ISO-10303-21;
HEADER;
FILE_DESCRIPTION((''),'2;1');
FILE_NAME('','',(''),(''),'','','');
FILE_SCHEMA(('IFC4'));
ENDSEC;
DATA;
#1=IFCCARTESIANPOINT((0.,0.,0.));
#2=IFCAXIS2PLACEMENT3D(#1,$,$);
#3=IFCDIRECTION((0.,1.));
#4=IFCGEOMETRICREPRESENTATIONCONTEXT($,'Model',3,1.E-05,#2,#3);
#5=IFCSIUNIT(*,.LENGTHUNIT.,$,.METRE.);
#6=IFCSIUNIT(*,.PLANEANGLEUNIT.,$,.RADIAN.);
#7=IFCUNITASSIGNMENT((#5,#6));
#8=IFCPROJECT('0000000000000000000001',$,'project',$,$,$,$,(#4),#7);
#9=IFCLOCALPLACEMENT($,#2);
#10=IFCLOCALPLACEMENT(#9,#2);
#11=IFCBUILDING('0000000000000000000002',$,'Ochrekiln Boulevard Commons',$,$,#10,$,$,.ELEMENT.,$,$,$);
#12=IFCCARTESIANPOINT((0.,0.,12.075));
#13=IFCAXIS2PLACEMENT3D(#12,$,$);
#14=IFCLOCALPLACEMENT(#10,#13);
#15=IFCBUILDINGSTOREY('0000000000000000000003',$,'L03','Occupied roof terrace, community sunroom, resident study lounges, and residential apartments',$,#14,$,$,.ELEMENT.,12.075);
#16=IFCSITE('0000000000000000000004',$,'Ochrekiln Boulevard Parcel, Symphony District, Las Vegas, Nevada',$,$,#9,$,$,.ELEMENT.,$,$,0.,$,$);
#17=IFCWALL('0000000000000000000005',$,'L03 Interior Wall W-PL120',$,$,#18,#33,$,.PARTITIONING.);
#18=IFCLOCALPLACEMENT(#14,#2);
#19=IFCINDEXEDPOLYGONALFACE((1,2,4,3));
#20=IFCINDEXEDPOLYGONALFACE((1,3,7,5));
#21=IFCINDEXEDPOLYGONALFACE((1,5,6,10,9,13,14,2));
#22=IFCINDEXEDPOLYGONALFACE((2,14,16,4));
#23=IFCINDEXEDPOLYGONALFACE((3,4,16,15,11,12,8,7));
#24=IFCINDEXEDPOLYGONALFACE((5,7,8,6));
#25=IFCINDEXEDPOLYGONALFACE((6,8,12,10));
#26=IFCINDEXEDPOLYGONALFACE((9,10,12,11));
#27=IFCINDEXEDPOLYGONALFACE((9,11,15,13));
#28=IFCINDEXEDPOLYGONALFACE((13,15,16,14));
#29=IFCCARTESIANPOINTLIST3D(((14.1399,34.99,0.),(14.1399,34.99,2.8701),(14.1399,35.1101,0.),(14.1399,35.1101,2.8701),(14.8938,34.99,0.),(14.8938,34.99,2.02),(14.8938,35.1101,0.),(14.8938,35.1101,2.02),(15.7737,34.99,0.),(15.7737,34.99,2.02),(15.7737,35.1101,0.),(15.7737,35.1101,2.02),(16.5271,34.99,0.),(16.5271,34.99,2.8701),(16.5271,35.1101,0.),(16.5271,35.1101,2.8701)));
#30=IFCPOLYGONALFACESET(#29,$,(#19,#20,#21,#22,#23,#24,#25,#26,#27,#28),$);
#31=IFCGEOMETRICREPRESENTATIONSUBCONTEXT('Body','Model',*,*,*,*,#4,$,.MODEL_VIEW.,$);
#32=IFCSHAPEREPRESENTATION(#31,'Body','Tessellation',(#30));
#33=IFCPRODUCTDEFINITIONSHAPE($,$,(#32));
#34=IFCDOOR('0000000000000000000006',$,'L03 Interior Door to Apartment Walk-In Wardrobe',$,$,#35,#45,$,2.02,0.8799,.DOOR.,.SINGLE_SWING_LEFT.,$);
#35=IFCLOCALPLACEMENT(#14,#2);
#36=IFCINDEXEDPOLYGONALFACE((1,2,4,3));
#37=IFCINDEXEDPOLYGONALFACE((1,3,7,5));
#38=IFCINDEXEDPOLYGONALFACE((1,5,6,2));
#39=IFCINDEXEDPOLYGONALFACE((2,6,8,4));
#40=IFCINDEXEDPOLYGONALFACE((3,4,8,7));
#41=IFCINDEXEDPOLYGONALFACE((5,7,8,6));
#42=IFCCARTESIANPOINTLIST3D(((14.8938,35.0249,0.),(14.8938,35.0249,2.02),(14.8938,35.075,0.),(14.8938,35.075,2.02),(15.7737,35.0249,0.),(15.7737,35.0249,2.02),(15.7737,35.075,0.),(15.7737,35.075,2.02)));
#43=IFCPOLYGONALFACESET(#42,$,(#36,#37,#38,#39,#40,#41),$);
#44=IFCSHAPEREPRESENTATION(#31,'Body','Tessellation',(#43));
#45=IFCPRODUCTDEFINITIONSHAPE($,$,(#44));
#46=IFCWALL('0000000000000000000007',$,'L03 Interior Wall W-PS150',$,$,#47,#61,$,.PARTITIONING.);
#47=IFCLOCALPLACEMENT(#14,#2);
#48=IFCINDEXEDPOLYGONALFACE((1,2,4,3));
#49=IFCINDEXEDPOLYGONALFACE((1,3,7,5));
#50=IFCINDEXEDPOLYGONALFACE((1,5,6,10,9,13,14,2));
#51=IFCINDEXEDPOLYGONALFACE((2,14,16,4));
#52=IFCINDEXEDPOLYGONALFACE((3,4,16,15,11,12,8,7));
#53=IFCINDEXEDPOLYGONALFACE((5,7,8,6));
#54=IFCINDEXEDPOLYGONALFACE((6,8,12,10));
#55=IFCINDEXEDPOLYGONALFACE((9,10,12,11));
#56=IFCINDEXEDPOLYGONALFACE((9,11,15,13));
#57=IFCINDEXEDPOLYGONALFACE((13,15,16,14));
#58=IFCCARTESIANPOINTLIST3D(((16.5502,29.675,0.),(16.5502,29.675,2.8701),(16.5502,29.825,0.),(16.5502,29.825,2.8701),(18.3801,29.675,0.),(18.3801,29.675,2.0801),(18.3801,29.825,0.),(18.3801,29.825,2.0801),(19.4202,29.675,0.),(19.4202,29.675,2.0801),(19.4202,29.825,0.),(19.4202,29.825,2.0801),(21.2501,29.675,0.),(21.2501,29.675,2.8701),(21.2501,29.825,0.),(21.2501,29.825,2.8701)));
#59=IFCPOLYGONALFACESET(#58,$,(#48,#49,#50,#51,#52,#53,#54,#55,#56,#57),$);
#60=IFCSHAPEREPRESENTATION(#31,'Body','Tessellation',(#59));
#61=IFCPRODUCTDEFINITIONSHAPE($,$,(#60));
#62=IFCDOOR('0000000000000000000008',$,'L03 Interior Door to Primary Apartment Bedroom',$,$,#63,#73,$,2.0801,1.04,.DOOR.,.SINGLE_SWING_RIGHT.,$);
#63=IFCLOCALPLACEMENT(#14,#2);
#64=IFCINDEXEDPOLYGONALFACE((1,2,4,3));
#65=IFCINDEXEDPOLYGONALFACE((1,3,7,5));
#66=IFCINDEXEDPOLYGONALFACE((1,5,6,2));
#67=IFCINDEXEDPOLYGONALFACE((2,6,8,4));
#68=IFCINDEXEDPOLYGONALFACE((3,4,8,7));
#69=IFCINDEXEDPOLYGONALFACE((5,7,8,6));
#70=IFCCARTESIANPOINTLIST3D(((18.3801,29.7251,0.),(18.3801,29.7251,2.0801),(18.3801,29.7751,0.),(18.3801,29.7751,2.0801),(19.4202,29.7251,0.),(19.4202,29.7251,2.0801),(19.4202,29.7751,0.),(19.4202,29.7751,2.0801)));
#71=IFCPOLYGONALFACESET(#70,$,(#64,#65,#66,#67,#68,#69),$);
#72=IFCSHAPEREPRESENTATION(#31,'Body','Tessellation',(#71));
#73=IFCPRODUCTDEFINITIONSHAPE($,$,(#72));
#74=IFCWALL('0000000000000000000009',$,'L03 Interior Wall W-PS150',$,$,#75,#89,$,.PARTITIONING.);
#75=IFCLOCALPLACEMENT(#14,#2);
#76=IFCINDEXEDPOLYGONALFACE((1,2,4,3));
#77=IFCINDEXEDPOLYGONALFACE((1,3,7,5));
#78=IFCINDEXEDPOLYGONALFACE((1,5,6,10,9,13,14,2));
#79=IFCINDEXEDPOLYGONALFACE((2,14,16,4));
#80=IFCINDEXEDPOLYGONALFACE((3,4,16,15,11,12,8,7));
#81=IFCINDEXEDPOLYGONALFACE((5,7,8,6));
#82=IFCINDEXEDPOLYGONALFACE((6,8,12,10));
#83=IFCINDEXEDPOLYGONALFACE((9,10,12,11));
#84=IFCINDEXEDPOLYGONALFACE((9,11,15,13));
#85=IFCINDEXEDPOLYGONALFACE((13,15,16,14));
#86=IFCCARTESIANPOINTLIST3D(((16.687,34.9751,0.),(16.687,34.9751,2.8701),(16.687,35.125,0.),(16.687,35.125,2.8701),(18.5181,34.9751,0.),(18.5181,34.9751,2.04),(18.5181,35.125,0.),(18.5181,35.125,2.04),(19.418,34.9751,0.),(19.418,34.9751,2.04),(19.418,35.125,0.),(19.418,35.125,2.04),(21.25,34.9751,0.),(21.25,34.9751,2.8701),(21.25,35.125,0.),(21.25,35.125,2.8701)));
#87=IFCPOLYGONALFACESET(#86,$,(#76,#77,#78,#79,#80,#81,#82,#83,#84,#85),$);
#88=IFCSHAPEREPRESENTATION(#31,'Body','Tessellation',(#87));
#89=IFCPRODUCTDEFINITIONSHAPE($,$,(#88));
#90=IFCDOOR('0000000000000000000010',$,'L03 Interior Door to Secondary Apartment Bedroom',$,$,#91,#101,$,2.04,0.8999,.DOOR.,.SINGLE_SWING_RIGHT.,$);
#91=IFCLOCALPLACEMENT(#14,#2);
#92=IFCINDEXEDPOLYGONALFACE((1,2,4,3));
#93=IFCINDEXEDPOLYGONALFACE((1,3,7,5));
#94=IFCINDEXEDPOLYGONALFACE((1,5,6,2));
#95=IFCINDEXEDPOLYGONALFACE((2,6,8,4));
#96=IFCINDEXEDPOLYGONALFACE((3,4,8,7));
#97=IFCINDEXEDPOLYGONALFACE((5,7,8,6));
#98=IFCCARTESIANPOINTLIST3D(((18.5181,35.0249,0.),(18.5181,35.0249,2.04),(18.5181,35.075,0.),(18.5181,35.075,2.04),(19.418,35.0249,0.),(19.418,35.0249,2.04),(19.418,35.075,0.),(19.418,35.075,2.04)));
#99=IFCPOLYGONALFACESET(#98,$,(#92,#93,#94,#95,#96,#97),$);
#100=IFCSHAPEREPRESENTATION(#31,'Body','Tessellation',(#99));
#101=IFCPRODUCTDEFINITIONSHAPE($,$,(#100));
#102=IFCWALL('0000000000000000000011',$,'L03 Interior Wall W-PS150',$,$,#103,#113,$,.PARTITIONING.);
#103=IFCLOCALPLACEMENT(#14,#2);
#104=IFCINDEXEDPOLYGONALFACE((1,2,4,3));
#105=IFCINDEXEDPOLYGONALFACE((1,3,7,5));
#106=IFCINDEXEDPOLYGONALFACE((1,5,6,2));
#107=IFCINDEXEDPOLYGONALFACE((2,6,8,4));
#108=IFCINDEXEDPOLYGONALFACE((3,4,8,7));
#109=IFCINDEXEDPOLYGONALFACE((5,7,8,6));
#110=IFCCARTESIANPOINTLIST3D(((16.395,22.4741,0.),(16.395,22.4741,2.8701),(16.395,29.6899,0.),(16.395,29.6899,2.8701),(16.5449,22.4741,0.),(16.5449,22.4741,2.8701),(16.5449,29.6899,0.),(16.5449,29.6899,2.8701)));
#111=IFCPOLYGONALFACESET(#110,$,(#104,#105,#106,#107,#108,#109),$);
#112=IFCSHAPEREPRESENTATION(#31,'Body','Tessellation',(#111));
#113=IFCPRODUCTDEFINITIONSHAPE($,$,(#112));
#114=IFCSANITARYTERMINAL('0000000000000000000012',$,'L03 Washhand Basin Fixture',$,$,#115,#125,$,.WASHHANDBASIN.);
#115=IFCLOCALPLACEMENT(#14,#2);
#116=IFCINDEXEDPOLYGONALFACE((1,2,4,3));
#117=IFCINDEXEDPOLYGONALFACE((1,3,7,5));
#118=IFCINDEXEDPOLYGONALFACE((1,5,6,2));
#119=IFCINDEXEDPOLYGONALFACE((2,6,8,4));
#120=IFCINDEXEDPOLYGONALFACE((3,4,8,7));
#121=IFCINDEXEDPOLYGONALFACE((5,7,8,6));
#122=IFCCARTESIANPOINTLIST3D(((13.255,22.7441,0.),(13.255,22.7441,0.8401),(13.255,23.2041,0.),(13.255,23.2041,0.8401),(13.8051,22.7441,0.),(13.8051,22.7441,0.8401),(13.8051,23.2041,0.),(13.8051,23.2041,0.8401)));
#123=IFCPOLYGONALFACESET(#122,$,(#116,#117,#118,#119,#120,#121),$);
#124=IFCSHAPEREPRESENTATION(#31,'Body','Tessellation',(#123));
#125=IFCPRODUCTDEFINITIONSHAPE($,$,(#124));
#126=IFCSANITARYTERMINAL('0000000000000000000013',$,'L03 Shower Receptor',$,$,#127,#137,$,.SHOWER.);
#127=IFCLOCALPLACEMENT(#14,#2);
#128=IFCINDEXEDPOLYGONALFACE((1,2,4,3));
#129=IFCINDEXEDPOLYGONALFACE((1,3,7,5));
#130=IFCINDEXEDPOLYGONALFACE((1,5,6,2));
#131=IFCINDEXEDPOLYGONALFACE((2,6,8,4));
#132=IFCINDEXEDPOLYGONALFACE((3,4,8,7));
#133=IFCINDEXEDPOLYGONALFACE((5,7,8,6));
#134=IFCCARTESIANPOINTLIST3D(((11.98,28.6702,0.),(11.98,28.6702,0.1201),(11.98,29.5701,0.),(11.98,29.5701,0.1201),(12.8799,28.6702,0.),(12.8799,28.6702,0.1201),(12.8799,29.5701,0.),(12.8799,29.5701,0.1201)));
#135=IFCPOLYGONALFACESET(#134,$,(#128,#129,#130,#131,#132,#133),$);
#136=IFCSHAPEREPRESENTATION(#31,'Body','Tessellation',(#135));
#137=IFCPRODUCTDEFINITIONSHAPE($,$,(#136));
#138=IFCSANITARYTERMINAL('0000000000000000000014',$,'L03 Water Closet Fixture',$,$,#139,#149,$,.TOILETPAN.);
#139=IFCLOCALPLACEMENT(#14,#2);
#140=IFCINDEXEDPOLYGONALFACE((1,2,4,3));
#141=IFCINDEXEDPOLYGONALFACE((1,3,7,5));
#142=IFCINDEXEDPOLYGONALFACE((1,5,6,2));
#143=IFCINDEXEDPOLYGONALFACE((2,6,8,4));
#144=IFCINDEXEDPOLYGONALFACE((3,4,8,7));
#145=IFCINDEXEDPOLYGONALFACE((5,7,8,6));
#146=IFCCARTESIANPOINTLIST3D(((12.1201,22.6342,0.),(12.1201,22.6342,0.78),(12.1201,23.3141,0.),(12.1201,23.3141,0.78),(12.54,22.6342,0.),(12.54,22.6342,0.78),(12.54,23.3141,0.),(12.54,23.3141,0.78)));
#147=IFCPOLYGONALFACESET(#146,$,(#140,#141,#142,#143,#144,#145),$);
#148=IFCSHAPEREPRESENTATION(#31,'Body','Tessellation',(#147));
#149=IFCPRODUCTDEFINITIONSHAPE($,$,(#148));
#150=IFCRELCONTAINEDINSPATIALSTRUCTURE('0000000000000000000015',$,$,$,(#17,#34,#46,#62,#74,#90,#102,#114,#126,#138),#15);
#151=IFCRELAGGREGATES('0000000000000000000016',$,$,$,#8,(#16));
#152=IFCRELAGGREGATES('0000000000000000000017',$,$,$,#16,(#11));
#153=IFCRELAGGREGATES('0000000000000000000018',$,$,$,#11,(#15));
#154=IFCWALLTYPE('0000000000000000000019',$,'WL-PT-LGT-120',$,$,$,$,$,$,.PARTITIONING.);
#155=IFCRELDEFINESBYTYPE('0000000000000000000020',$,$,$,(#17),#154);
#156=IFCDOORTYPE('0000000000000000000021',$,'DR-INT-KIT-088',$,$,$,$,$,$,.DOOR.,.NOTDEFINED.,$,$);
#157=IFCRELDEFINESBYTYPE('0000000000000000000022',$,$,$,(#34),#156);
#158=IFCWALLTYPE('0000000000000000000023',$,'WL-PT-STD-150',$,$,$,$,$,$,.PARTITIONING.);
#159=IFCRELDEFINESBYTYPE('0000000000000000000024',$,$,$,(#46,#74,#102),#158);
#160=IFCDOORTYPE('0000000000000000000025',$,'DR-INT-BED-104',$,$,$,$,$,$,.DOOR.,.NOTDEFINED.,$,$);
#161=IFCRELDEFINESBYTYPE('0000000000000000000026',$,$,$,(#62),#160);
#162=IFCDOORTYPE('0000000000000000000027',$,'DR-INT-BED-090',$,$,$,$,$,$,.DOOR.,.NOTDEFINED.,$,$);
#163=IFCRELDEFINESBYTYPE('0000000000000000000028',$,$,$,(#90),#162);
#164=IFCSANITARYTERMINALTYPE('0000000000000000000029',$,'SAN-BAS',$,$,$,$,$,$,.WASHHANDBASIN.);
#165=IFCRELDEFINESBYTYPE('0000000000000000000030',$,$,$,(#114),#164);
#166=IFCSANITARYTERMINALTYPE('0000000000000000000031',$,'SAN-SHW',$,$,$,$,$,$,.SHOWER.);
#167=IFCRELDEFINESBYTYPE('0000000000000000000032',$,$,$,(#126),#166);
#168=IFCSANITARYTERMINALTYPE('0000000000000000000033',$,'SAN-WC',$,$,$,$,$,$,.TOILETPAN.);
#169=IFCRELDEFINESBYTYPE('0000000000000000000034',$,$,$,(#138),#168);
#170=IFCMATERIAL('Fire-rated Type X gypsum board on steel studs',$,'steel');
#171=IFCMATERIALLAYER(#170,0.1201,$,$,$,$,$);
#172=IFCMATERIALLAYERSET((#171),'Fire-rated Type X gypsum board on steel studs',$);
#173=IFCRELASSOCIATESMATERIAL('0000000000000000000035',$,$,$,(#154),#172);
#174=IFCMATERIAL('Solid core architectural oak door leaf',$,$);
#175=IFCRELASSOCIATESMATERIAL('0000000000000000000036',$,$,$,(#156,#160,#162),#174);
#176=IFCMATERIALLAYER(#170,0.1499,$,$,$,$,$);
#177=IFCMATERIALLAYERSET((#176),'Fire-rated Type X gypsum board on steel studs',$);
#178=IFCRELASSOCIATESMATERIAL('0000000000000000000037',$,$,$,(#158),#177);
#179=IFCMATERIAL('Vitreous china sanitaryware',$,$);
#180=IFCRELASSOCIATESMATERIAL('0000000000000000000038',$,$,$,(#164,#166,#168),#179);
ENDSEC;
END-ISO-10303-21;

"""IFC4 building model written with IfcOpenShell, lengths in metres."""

from ifc_helpers import new_model, si_unit, direction, frame, frame_2d, origin, origin_2d, place, context, subcontext, project, spatial, rectangle, extrude, material, layer, layer_set, type_object, element, fill, save


model = new_model("IFC4")

# Units and contexts
model_context = context("Model", 3, precision=1e-05, world=origin(), true_north=direction((0.0, 1.0)))
body_context = subcontext(model_context, "Body", "Model", "MODEL_VIEW")
ifc_project = project(units=[si_unit("LENGTHUNIT", "METRE"), si_unit("PLANEANGLEUNIT", "RADIAN")], contexts=[model_context])

# Site, building, storey
site_placement = place(None, origin())
site = spatial("IfcSite", under=ifc_project, at=site_placement, Name="Ochrekiln Boulevard Parcel, Symphony District, Las Vegas, Nevada", CompositionType="ELEMENT", RefElevation=0.0)
building_placement = place(site_placement, origin())
building = spatial("IfcBuilding", under=site, at=building_placement, Name="Ochrekiln Boulevard Commons", CompositionType="ELEMENT")
storey_placement = place(building_placement, frame((0.0, 0.0, 12.075)))
storey = spatial("IfcBuildingStorey", under=building, at=storey_placement, Name="L03", Description="Occupied roof terrace, community sunroom, resident study lounges, and residential apartments", CompositionType="ELEMENT", Elevation=12.075)

# Shared definitions
ifc_material_1 = material(Name="Solid core architectural oak door leaf")

# Walls, openings, doors
ifc_material_2 = material(Name="Fire-rated Type X gypsum board on steel studs", Category="steel")
ifc_layer_1 = layer(ifc_material_2, 0.1201)
ifc_layer_set_1 = layer_set([ifc_layer_1], Name="Fire-rated Type X gypsum board on steel studs")
wall_type_1 = type_object("IfcWallType", Name="WL-PT-LGT-120", PredefinedType="PARTITIONING", material=ifc_layer_set_1)
door_type_1 = type_object("IfcDoorType", Name="DR-INT-KIT-088", OperationType="NOTDEFINED", PredefinedType="DOOR", material=ifc_material_1)
wall_1_placement = place(storey_placement, frame((14.1399, 35.05, 0.0), z_axis=(0.0, 0.0, 1.0), x_axis=(1.0, 0.0, 0.0)))
wall_1 = element("IfcWall", 1, at=wall_1_placement, inside=storey, type_object=wall_type_1, Name="L03 Interior Wall W-PL120", PredefinedType="PARTITIONING", context=body_context, shape_type="SweptSolid", body=[
    extrude(rectangle(XDim=2.3872, YDim=0.1201, at=frame_2d((1.1936, 0.0))), origin(), (0.0, 0.0, 1.0), 2.8701),
])
opening_1_placement = place(wall_1_placement, frame((0.7539, 0.0, 0.0)))
opening_1 = element("IfcOpeningElement", 2, at=opening_1_placement, cuts=wall_1, PredefinedType="OPENING", context=body_context, shape_type="SweptSolid", body=[
    extrude(rectangle(XDim=0.8799, YDim=2.02, at=frame_2d((0.4399, 1.01))), frame((0.0, 0.0701, 0.0), z_axis=(0.0, -1.0, 0.0), x_axis=(1.0, 0.0, 0.0)), (0.0, 0.0, 1.0), 0.1401),
])
door_1_placement = place(opening_1_placement, origin())
door_1 = element("IfcDoor", 3, at=door_1_placement, inside=storey, type_object=door_type_1, Name="L03 Interior Door to Apartment Walk-In Wardrobe", OperationType="SINGLE_SWING_LEFT", OverallHeight=2.02, OverallWidth=0.8799, PredefinedType="DOOR", context=body_context, shape_type="SweptSolid", body=[
    extrude(rectangle(XDim=0.8799, YDim=2.02, at=frame_2d((0.4399, 1.01))), frame((0.0, 0.0249, 0.0), z_axis=(0.0, -1.0, 0.0), x_axis=(1.0, 0.0, 0.0)), (0.0, 0.0, 1.0), 0.05),
])
fill(opening_1, door_1)
ifc_layer_2 = layer(ifc_material_2, 0.1499)
ifc_layer_set_2 = layer_set([ifc_layer_2], Name="Fire-rated Type X gypsum board on steel studs")
wall_type_2 = type_object("IfcWallType", Name="WL-PT-STD-150", PredefinedType="PARTITIONING", material=ifc_layer_set_2)
wall_2_placement = place(storey_placement, frame((16.55, 29.75, 0.0), z_axis=(0.0, 0.0, 1.0), x_axis=(1.0, 0.0, 0.0)))
wall_2 = element("IfcWall", 4, at=wall_2_placement, inside=storey, type_object=wall_type_2, Name="L03 Interior Wall W-PS150", PredefinedType="PARTITIONING", context=body_context, shape_type="SweptSolid", body=[
    extrude(rectangle(XDim=4.7, YDim=0.1499, at=frame_2d((2.3501, 0.0))), origin(), (0.0, 0.0, 1.0), 2.8701),
])
opening_2_placement = place(wall_2_placement, frame((1.8301, 0.0, 0.0)))
opening_2 = element("IfcOpeningElement", 5, at=opening_2_placement, cuts=wall_2, PredefinedType="OPENING", context=body_context, shape_type="SweptSolid", body=[
    extrude(rectangle(XDim=1.04, YDim=2.0801, at=frame_2d((0.52, 1.04))), frame((0.0, 0.085, 0.0), z_axis=(0.0, -1.0, 0.0), x_axis=(1.0, 0.0, 0.0)), (0.0, 0.0, 1.0), 0.1699),
])
door_type_2 = type_object("IfcDoorType", Name="DR-INT-BED-104", OperationType="NOTDEFINED", PredefinedType="DOOR", material=ifc_material_1)
door_2_placement = place(opening_2_placement, frame((1.04, 0.0, 0.0), z_axis=(0.0, 0.0, 1.0), x_axis=(-1.0, 0.0, 0.0)))
door_2 = element("IfcDoor", 6, at=door_2_placement, inside=storey, type_object=door_type_2, Name="L03 Interior Door to Primary Apartment Bedroom", OperationType="SINGLE_SWING_RIGHT", OverallHeight=2.0801, OverallWidth=1.04, PredefinedType="DOOR", context=body_context, shape_type="SweptSolid", body=[
    extrude(rectangle(XDim=1.04, YDim=2.0801, at=frame_2d((0.52, 1.04))), frame((0.0, 0.0249, 0.0), z_axis=(0.0, -1.0, 0.0), x_axis=(1.0, 0.0, 0.0)), (0.0, 0.0, 1.0), 0.05),
])
fill(opening_2, door_2)
wall_3_placement = place(storey_placement, frame((16.687, 35.05, 0.0), z_axis=(0.0, 0.0, 1.0), x_axis=(1.0, 0.0, 0.0)))
wall_3 = element("IfcWall", 7, at=wall_3_placement, inside=storey, type_object=wall_type_2, Name="L03 Interior Wall W-PS150", PredefinedType="PARTITIONING", context=body_context, shape_type="SweptSolid", body=[
    extrude(rectangle(XDim=4.563, YDim=0.1499, at=frame_2d((2.2815, 0.0))), origin(), (0.0, 0.0, 1.0), 2.8701),
])
opening_3_placement = place(wall_3_placement, frame((1.8311, 0.0, 0.0)))
opening_3 = element("IfcOpeningElement", 8, at=opening_3_placement, cuts=wall_3, PredefinedType="OPENING", context=body_context, shape_type="SweptSolid", body=[
    extrude(rectangle(XDim=0.8999, YDim=2.04, at=frame_2d((0.45, 1.02))), frame((0.0, 0.085, 0.0), z_axis=(0.0, -1.0, 0.0), x_axis=(1.0, 0.0, 0.0)), (0.0, 0.0, 1.0), 0.1699),
])
door_type_3 = type_object("IfcDoorType", Name="DR-INT-BED-090", OperationType="NOTDEFINED", PredefinedType="DOOR", material=ifc_material_1)
door_3_placement = place(opening_3_placement, origin())
door_3 = element("IfcDoor", 9, at=door_3_placement, inside=storey, type_object=door_type_3, Name="L03 Interior Door to Secondary Apartment Bedroom", OperationType="SINGLE_SWING_RIGHT", OverallHeight=2.04, OverallWidth=0.8999, PredefinedType="DOOR", context=body_context, shape_type="SweptSolid", body=[
    extrude(rectangle(XDim=0.8999, YDim=2.04, at=frame_2d((0.45, 1.02))), frame((0.0, 0.0249, 0.0), z_axis=(0.0, -1.0, 0.0), x_axis=(1.0, 0.0, 0.0)), (0.0, 0.0, 1.0), 0.05),
])
fill(opening_3, door_3)

# Wall
wall_4_placement = place(storey_placement, frame((16.47, 22.4741, 0.0), z_axis=(0.0, 0.0, 1.0), x_axis=(0.0, 1.0, 0.0)))
element("IfcWall", 10, at=wall_4_placement, inside=storey, type_object=wall_type_2, Name="L03 Interior Wall W-PS150", PredefinedType="PARTITIONING", context=body_context, shape_type="SweptSolid", body=[
    extrude(rectangle(XDim=7.2158, YDim=0.1499, at=frame_2d((3.6079, 0.0))), origin(), (0.0, 0.0, 1.0), 2.8701),
])

# Sanitary terminals
ifc_material_3 = material(Name="Vitreous china sanitaryware")
sanitary_terminal_type_1 = type_object("IfcSanitaryTerminalType", Name="SAN-BAS", PredefinedType="WASHHANDBASIN", material=ifc_material_3)
sanitary_terminal_1_placement = place(storey_placement, frame((13.53, 22.9741, 0.0), z_axis=(0.0, 0.0, 1.0), x_axis=(1.0, 0.0, 0.0)))
element("IfcSanitaryTerminal", 11, at=sanitary_terminal_1_placement, inside=storey, type_object=sanitary_terminal_type_1, Name="L03 Washhand Basin Fixture", PredefinedType="WASHHANDBASIN", context=body_context, shape_type="SweptSolid", body=[
    extrude(rectangle(XDim=0.55, YDim=0.46, at=origin_2d()), origin(), (0.0, 0.0, 1.0), 0.8401),
])
sanitary_terminal_type_2 = type_object("IfcSanitaryTerminalType", Name="SAN-SHW", PredefinedType="SHOWER", material=ifc_material_3)
sanitary_terminal_2_placement = place(storey_placement, frame((12.4299, 29.1201, 0.0), z_axis=(0.0, 0.0, 1.0), x_axis=(1.0, 0.0, 0.0)))
element("IfcSanitaryTerminal", 12, at=sanitary_terminal_2_placement, inside=storey, type_object=sanitary_terminal_type_2, Name="L03 Shower Receptor", PredefinedType="SHOWER", context=body_context, shape_type="SweptSolid", body=[
    extrude(rectangle(XDim=0.8999, YDim=0.8999, at=origin_2d()), origin(), (0.0, 0.0, 1.0), 0.1201),
])
sanitary_terminal_type_3 = type_object("IfcSanitaryTerminalType", Name="SAN-WC", PredefinedType="TOILETPAN", material=ifc_material_3)
sanitary_terminal_3_placement = place(storey_placement, frame((12.3301, 22.9741, 0.0), z_axis=(0.0, 0.0, 1.0), x_axis=(1.0, 0.0, 0.0)))
element("IfcSanitaryTerminal", 13, at=sanitary_terminal_3_placement, inside=storey, type_object=sanitary_terminal_type_3, Name="L03 Water Closet Fixture", PredefinedType="TOILETPAN", context=body_context, shape_type="SweptSolid", body=[
    extrude(rectangle(XDim=0.4199, YDim=0.6799, at=origin_2d()), origin(), (0.0, 0.0, 1.0), 0.78),
])

save(model, "model.ifc")
